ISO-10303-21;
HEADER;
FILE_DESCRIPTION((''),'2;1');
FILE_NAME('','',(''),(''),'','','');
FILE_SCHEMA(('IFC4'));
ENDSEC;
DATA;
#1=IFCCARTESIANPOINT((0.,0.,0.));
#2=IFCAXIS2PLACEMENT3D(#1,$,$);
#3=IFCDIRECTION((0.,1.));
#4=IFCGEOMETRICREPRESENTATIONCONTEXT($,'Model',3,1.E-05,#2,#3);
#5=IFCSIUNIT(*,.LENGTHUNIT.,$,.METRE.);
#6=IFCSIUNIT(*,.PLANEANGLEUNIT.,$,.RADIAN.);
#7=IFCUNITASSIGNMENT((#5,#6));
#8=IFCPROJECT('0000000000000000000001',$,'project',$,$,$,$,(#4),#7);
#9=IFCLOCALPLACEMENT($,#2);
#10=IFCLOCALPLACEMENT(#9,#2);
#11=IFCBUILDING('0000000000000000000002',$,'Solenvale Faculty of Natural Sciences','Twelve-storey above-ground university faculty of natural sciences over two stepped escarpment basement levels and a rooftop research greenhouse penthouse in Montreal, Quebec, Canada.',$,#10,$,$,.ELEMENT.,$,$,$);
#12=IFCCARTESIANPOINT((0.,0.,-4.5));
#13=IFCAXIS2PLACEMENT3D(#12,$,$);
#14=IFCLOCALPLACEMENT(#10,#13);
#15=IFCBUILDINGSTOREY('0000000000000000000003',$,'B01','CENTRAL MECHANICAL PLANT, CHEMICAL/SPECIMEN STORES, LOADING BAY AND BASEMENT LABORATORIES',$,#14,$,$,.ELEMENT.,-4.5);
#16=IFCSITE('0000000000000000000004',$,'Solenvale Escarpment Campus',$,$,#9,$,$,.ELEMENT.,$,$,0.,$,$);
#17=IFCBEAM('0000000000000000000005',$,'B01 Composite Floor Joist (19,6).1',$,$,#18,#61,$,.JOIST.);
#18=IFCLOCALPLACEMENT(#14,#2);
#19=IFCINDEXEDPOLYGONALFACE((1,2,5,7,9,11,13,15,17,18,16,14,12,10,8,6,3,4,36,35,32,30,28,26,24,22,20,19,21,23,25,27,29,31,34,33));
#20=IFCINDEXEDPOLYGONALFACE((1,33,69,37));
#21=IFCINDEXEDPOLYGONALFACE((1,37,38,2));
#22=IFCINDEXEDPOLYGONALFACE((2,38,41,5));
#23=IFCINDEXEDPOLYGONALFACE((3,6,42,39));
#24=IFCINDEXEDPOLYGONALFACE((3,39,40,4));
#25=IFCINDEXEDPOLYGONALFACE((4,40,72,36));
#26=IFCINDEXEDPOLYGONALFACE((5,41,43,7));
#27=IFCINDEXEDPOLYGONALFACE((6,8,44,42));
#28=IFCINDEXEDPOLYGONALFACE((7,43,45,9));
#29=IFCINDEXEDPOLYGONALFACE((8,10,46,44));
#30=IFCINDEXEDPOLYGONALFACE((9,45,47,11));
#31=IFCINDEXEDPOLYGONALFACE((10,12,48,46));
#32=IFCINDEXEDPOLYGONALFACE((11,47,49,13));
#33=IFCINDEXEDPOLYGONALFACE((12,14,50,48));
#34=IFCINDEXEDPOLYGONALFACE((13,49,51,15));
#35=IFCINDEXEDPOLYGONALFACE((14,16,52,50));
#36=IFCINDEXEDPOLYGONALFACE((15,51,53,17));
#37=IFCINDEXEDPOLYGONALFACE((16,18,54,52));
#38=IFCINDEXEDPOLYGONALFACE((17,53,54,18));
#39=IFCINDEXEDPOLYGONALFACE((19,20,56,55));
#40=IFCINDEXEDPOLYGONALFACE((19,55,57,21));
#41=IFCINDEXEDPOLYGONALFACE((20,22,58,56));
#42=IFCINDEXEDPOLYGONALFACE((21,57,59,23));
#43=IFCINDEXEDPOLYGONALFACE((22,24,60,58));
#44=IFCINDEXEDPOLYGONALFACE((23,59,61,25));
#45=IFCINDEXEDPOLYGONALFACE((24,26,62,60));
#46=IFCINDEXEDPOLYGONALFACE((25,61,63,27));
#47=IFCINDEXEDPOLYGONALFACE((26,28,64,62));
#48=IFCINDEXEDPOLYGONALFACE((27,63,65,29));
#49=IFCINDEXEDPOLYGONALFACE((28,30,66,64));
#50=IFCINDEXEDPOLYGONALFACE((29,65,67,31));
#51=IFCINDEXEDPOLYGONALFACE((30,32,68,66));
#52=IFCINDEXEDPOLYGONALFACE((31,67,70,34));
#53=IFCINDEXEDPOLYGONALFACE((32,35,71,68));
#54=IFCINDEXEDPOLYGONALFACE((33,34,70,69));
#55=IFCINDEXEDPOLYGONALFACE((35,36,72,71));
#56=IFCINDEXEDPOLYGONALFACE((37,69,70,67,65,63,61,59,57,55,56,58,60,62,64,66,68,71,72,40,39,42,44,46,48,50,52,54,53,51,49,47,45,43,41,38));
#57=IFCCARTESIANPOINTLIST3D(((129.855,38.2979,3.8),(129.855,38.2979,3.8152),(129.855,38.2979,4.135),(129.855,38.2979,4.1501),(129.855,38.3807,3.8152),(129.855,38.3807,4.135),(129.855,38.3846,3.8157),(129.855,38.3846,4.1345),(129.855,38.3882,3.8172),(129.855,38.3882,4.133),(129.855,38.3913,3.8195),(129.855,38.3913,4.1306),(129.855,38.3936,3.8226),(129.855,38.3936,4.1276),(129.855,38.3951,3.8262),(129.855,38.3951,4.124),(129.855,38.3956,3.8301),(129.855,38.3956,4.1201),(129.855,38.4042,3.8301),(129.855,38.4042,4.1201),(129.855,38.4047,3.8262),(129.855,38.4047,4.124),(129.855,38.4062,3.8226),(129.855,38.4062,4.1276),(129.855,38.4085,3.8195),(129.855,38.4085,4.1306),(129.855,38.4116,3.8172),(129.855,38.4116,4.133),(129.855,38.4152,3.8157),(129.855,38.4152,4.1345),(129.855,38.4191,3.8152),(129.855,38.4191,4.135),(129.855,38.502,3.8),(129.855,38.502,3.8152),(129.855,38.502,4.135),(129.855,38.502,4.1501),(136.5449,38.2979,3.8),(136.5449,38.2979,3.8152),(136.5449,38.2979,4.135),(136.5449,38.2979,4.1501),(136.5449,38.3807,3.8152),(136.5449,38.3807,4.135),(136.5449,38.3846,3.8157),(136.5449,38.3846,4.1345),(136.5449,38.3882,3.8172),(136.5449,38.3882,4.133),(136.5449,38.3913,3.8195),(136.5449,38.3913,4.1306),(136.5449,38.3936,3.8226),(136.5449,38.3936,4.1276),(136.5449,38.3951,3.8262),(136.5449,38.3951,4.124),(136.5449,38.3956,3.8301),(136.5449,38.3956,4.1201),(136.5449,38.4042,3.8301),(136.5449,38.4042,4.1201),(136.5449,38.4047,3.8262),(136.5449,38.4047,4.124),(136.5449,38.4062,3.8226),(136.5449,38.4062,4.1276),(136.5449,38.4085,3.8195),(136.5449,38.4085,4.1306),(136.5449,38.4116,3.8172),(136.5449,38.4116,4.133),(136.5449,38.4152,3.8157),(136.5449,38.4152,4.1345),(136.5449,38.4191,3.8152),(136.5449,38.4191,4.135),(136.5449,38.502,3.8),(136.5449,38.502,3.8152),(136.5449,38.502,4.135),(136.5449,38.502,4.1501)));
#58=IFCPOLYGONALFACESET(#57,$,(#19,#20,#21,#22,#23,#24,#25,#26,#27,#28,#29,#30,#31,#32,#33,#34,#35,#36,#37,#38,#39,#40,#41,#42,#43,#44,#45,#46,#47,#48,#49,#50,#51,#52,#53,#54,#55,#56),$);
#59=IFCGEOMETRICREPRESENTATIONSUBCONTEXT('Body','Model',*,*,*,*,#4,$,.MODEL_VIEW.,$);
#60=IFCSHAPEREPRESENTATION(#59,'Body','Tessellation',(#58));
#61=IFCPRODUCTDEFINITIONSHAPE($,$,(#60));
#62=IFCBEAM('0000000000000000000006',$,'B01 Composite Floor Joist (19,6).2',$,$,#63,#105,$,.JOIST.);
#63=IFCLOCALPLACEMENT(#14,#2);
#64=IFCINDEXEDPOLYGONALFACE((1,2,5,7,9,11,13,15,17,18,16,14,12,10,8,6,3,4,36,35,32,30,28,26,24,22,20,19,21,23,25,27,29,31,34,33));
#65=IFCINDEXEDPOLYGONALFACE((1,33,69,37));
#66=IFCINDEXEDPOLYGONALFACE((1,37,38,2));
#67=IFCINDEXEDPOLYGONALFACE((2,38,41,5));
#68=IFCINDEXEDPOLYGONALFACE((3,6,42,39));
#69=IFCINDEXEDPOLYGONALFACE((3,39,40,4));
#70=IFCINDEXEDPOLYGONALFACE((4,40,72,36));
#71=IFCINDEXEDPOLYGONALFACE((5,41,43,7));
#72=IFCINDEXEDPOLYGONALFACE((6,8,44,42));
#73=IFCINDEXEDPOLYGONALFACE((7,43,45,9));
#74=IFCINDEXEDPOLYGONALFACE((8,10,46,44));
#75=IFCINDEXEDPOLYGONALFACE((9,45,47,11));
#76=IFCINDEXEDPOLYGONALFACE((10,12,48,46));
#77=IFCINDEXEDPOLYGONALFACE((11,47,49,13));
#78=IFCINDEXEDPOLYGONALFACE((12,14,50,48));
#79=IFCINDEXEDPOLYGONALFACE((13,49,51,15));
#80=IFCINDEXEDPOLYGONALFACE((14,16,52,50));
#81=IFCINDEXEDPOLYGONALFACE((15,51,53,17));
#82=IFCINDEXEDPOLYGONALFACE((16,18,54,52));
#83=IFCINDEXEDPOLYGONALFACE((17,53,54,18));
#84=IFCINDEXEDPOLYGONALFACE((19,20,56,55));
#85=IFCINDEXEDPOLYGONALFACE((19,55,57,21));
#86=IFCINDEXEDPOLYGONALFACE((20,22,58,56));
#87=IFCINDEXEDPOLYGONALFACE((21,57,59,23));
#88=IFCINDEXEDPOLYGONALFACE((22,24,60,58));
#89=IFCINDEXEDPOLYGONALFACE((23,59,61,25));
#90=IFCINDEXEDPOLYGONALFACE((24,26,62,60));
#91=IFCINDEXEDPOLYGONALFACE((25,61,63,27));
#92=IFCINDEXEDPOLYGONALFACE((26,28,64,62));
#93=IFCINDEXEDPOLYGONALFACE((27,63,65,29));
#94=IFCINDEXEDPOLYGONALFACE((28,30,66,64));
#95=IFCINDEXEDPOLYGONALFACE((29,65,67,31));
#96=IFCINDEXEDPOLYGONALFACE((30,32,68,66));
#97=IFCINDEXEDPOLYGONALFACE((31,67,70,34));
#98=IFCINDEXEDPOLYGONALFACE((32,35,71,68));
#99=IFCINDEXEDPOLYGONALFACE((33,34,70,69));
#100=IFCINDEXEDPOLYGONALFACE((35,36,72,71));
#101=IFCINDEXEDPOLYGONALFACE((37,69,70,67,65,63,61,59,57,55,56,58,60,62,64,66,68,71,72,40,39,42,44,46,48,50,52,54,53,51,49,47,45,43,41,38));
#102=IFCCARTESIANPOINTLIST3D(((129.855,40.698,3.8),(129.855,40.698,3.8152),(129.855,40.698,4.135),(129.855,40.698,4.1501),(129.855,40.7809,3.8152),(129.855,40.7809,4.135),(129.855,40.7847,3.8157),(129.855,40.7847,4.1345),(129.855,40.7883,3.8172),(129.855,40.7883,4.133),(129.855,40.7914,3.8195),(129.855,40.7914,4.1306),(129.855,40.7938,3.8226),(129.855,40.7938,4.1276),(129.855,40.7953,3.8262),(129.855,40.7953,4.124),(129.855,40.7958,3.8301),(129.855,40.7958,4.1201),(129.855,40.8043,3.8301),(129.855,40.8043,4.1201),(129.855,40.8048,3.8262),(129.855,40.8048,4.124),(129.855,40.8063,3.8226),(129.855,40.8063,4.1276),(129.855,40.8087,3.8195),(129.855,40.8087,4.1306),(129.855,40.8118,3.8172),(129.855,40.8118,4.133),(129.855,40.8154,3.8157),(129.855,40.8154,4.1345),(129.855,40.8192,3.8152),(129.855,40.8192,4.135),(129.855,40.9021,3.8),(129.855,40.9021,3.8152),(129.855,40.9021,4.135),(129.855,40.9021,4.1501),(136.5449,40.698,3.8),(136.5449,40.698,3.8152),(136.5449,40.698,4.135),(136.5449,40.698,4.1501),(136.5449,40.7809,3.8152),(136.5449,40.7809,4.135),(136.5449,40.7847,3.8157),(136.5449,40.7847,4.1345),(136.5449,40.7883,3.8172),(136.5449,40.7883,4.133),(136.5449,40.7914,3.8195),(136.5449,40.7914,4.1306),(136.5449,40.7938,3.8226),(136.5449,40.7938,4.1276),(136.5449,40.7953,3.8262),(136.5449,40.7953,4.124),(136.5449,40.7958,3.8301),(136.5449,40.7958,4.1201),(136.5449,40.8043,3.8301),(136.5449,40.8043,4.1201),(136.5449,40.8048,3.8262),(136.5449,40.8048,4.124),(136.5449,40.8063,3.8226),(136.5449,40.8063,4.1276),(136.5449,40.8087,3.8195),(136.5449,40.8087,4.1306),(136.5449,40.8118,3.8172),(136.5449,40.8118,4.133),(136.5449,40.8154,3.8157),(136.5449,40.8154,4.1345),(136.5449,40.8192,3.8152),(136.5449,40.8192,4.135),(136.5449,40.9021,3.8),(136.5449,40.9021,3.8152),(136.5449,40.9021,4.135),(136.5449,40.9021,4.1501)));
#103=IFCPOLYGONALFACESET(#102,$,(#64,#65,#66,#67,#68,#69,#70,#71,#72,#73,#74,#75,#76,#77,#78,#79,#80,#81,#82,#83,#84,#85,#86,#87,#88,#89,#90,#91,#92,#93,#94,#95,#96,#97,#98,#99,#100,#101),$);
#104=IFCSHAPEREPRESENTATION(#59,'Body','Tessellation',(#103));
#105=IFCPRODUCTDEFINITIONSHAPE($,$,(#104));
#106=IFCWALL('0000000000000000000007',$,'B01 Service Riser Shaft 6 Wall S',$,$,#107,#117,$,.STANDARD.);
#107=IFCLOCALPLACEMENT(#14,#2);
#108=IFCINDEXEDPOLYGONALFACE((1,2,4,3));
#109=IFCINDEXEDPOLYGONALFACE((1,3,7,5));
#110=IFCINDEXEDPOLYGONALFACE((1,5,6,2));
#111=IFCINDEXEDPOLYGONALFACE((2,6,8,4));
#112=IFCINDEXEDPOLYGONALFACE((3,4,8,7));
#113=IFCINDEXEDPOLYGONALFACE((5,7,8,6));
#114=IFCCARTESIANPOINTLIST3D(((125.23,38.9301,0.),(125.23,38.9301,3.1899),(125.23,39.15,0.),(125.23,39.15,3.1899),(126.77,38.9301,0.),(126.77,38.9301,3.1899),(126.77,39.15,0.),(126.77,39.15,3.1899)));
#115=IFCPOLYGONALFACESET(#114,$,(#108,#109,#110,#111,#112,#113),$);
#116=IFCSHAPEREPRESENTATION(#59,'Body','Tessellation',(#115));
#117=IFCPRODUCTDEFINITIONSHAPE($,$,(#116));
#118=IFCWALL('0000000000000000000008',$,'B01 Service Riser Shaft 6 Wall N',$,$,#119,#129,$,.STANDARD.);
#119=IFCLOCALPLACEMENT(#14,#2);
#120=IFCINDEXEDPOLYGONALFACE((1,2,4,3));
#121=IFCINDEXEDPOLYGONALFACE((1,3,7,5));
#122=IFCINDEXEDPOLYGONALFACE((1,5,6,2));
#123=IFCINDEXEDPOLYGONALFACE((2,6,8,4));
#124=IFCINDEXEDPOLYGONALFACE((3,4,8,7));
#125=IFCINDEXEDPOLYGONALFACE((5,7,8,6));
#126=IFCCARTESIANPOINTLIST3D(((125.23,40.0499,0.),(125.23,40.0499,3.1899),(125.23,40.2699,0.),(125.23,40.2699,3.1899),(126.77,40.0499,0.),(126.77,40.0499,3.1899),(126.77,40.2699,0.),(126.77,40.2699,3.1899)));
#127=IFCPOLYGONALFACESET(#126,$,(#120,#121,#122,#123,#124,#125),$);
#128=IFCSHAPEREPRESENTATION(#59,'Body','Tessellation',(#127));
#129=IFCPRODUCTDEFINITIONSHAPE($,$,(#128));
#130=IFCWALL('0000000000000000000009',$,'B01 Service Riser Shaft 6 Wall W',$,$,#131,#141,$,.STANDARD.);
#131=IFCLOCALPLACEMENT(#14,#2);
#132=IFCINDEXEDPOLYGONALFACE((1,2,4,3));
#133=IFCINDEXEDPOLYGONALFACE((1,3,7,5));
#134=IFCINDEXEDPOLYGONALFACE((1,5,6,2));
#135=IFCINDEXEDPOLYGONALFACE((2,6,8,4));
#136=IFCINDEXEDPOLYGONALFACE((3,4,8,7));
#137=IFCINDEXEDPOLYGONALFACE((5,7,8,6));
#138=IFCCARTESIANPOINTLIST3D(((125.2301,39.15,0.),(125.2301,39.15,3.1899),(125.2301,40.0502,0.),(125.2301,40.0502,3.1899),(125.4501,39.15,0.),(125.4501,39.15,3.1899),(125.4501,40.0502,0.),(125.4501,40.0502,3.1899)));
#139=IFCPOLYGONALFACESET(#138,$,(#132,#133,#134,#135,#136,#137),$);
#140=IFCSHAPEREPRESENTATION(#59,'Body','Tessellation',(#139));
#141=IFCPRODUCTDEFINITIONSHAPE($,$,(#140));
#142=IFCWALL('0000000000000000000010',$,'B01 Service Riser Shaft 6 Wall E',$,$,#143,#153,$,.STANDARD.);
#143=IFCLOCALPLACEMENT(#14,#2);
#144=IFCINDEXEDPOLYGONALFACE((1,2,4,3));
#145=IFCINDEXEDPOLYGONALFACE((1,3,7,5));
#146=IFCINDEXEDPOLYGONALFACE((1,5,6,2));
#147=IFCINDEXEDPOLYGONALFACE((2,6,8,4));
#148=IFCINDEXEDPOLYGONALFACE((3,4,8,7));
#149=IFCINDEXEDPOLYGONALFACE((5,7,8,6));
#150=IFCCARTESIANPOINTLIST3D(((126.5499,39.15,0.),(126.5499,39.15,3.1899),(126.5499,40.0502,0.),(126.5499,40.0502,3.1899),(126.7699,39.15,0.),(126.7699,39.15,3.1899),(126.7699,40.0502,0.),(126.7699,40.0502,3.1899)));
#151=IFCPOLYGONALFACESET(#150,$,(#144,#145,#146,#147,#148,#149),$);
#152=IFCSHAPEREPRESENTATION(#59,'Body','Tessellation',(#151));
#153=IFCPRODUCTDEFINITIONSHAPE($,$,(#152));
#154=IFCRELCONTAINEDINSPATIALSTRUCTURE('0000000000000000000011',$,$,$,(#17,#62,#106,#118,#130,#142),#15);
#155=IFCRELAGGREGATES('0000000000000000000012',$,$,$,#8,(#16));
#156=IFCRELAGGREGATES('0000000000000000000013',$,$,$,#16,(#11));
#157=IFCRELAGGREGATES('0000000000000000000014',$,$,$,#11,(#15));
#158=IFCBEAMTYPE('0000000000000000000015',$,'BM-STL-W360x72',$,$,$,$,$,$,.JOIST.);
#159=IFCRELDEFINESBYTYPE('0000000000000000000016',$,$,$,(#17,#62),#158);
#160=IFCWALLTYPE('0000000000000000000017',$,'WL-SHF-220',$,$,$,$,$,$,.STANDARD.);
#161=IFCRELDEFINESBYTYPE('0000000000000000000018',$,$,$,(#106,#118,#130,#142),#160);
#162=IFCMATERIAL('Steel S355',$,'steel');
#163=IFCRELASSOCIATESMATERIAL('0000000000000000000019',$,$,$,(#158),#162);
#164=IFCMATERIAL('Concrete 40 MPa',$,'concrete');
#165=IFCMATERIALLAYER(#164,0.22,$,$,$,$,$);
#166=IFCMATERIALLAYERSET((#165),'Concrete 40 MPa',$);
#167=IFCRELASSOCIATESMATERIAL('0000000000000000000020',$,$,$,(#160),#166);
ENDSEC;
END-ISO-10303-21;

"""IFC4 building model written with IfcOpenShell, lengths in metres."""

from ifc_helpers import new_model, si_unit, direction, frame, frame_2d, origin, origin_2d, place, context, subcontext, project, spatial, rectangle, i_section, extrude, material, layer, layer_set, material_profile, profile_set, type_object, element, save


model = new_model("IFC4")

# Units and contexts
model_context = context("Model", 3, precision=1e-05, world=origin(), true_north=direction((0.0, 1.0)))
body_context = subcontext(model_context, "Body", "Model", "MODEL_VIEW")
ifc_project = project(units=[si_unit("LENGTHUNIT", "METRE"), si_unit("PLANEANGLEUNIT", "RADIAN")], contexts=[model_context])

# Site, building, storey
site_placement = place(None, origin())
site = spatial("IfcSite", under=ifc_project, at=site_placement, Name="Solenvale Escarpment Campus", CompositionType="ELEMENT", RefElevation=0.0)
building_placement = place(site_placement, origin())
building = spatial("IfcBuilding", under=site, at=building_placement, Name="Solenvale Faculty of Natural Sciences", Description="Twelve-storey above-ground university faculty of natural sciences over two stepped escarpment basement levels and a rooftop research greenhouse penthouse in Montreal, Quebec, Canada.", CompositionType="ELEMENT")
storey_placement = place(building_placement, frame((0.0, 0.0, -4.5)))
storey = spatial("IfcBuildingStorey", under=building, at=storey_placement, Name="B01", Description="CENTRAL MECHANICAL PLANT, CHEMICAL/SPECIMEN STORES, LOADING BAY AND BASEMENT LABORATORIES", CompositionType="ELEMENT", Elevation=-4.5)

# Shared definitions
ifc_material_1 = material(Name="Concrete 40 MPa", Category="concrete")

# Beams
ifc_material_2 = material(Name="Steel S355", Category="steel")
ifc_material_profile_1 = material_profile(ifc_material_2, i_section(OverallWidth=0.2041, OverallDepth=0.3501, WebThickness=0.0085, FlangeThickness=0.0151, FilletRadius=0.0149, at=origin_2d()), Name="W360x72")
ifc_profile_set_1 = profile_set([ifc_material_profile_1], Name="Steel S355")
beam_type_1 = type_object("IfcBeamType", Name="BM-STL-W360x72", PredefinedType="JOIST", material=ifc_profile_set_1)
for number, where, z_axis, x_axis, name in (
    (1, (129.855, 38.3999, 3.9751), (1.0, 0.0, 0.0), (0.0, 1.0, 0.0), "B01 Composite Floor Joist (19,6).1"),
    (2, (129.855, 40.8, 3.9751), (1.0, 0.0, 0.0), (0.0, 1.0, 0.0), "B01 Composite Floor Joist (19,6).2"),
):
    element("IfcBeam", number, at=place(storey_placement, frame(where, z_axis=z_axis, x_axis=x_axis)), inside=storey, type_object=beam_type_1, Name=name, PredefinedType="JOIST", context=body_context, shape_type="SweptSolid", body=[
        extrude(i_section(OverallWidth=0.2041, OverallDepth=0.3501, WebThickness=0.0085, FlangeThickness=0.0151, FilletRadius=0.0149, at=origin_2d()), origin(), (0.0, 0.0, 1.0), 6.6899),
    ])

# Walls
ifc_layer = layer(ifc_material_1, 0.22)
ifc_layer_set = layer_set([ifc_layer], Name="Concrete 40 MPa")
wall_type = type_object("IfcWallType", Name="WL-SHF-220", PredefinedType="STANDARD", material=ifc_layer_set)
for number, where, z_axis, x_axis, name in (
    (3, (125.23, 39.04, 0.0), (0.0, 0.0, 1.0), (1.0, 0.0, 0.0), "B01 Service Riser Shaft 6 Wall S"),
    (4, (125.23, 40.1599, 0.0), (0.0, 0.0, 1.0), (1.0, 0.0, 0.0), "B01 Service Riser Shaft 6 Wall N"),
):
    element("IfcWall", number, at=place(storey_placement, frame(where, z_axis=z_axis, x_axis=x_axis)), inside=storey, type_object=wall_type, Name=name, PredefinedType="STANDARD", context=body_context, shape_type="SweptSolid", body=[
        extrude(rectangle(XDim=1.54, YDim=0.22, at=frame_2d((0.77, 0.0))), origin(), (0.0, 0.0, 1.0), 3.1899),
    ])
for number, where, z_axis, x_axis, name in (
    (5, (125.3401, 39.1499, 0.0), (0.0, 0.0, 1.0), (0.0, 1.0, 0.0), "B01 Service Riser Shaft 6 Wall W"),
    (6, (126.6599, 39.1499, 0.0), (0.0, 0.0, 1.0), (0.0, 1.0, 0.0), "B01 Service Riser Shaft 6 Wall E"),
):
    element("IfcWall", number, at=place(storey_placement, frame(where, z_axis=z_axis, x_axis=x_axis)), inside=storey, type_object=wall_type, Name=name, PredefinedType="STANDARD", context=body_context, shape_type="SweptSolid", body=[
        extrude(rectangle(XDim=0.9001, YDim=0.22, at=frame_2d((0.4502, 0.0))), origin(), (0.0, 0.0, 1.0), 3.1899),
    ])

save(model, "model.ifc")
